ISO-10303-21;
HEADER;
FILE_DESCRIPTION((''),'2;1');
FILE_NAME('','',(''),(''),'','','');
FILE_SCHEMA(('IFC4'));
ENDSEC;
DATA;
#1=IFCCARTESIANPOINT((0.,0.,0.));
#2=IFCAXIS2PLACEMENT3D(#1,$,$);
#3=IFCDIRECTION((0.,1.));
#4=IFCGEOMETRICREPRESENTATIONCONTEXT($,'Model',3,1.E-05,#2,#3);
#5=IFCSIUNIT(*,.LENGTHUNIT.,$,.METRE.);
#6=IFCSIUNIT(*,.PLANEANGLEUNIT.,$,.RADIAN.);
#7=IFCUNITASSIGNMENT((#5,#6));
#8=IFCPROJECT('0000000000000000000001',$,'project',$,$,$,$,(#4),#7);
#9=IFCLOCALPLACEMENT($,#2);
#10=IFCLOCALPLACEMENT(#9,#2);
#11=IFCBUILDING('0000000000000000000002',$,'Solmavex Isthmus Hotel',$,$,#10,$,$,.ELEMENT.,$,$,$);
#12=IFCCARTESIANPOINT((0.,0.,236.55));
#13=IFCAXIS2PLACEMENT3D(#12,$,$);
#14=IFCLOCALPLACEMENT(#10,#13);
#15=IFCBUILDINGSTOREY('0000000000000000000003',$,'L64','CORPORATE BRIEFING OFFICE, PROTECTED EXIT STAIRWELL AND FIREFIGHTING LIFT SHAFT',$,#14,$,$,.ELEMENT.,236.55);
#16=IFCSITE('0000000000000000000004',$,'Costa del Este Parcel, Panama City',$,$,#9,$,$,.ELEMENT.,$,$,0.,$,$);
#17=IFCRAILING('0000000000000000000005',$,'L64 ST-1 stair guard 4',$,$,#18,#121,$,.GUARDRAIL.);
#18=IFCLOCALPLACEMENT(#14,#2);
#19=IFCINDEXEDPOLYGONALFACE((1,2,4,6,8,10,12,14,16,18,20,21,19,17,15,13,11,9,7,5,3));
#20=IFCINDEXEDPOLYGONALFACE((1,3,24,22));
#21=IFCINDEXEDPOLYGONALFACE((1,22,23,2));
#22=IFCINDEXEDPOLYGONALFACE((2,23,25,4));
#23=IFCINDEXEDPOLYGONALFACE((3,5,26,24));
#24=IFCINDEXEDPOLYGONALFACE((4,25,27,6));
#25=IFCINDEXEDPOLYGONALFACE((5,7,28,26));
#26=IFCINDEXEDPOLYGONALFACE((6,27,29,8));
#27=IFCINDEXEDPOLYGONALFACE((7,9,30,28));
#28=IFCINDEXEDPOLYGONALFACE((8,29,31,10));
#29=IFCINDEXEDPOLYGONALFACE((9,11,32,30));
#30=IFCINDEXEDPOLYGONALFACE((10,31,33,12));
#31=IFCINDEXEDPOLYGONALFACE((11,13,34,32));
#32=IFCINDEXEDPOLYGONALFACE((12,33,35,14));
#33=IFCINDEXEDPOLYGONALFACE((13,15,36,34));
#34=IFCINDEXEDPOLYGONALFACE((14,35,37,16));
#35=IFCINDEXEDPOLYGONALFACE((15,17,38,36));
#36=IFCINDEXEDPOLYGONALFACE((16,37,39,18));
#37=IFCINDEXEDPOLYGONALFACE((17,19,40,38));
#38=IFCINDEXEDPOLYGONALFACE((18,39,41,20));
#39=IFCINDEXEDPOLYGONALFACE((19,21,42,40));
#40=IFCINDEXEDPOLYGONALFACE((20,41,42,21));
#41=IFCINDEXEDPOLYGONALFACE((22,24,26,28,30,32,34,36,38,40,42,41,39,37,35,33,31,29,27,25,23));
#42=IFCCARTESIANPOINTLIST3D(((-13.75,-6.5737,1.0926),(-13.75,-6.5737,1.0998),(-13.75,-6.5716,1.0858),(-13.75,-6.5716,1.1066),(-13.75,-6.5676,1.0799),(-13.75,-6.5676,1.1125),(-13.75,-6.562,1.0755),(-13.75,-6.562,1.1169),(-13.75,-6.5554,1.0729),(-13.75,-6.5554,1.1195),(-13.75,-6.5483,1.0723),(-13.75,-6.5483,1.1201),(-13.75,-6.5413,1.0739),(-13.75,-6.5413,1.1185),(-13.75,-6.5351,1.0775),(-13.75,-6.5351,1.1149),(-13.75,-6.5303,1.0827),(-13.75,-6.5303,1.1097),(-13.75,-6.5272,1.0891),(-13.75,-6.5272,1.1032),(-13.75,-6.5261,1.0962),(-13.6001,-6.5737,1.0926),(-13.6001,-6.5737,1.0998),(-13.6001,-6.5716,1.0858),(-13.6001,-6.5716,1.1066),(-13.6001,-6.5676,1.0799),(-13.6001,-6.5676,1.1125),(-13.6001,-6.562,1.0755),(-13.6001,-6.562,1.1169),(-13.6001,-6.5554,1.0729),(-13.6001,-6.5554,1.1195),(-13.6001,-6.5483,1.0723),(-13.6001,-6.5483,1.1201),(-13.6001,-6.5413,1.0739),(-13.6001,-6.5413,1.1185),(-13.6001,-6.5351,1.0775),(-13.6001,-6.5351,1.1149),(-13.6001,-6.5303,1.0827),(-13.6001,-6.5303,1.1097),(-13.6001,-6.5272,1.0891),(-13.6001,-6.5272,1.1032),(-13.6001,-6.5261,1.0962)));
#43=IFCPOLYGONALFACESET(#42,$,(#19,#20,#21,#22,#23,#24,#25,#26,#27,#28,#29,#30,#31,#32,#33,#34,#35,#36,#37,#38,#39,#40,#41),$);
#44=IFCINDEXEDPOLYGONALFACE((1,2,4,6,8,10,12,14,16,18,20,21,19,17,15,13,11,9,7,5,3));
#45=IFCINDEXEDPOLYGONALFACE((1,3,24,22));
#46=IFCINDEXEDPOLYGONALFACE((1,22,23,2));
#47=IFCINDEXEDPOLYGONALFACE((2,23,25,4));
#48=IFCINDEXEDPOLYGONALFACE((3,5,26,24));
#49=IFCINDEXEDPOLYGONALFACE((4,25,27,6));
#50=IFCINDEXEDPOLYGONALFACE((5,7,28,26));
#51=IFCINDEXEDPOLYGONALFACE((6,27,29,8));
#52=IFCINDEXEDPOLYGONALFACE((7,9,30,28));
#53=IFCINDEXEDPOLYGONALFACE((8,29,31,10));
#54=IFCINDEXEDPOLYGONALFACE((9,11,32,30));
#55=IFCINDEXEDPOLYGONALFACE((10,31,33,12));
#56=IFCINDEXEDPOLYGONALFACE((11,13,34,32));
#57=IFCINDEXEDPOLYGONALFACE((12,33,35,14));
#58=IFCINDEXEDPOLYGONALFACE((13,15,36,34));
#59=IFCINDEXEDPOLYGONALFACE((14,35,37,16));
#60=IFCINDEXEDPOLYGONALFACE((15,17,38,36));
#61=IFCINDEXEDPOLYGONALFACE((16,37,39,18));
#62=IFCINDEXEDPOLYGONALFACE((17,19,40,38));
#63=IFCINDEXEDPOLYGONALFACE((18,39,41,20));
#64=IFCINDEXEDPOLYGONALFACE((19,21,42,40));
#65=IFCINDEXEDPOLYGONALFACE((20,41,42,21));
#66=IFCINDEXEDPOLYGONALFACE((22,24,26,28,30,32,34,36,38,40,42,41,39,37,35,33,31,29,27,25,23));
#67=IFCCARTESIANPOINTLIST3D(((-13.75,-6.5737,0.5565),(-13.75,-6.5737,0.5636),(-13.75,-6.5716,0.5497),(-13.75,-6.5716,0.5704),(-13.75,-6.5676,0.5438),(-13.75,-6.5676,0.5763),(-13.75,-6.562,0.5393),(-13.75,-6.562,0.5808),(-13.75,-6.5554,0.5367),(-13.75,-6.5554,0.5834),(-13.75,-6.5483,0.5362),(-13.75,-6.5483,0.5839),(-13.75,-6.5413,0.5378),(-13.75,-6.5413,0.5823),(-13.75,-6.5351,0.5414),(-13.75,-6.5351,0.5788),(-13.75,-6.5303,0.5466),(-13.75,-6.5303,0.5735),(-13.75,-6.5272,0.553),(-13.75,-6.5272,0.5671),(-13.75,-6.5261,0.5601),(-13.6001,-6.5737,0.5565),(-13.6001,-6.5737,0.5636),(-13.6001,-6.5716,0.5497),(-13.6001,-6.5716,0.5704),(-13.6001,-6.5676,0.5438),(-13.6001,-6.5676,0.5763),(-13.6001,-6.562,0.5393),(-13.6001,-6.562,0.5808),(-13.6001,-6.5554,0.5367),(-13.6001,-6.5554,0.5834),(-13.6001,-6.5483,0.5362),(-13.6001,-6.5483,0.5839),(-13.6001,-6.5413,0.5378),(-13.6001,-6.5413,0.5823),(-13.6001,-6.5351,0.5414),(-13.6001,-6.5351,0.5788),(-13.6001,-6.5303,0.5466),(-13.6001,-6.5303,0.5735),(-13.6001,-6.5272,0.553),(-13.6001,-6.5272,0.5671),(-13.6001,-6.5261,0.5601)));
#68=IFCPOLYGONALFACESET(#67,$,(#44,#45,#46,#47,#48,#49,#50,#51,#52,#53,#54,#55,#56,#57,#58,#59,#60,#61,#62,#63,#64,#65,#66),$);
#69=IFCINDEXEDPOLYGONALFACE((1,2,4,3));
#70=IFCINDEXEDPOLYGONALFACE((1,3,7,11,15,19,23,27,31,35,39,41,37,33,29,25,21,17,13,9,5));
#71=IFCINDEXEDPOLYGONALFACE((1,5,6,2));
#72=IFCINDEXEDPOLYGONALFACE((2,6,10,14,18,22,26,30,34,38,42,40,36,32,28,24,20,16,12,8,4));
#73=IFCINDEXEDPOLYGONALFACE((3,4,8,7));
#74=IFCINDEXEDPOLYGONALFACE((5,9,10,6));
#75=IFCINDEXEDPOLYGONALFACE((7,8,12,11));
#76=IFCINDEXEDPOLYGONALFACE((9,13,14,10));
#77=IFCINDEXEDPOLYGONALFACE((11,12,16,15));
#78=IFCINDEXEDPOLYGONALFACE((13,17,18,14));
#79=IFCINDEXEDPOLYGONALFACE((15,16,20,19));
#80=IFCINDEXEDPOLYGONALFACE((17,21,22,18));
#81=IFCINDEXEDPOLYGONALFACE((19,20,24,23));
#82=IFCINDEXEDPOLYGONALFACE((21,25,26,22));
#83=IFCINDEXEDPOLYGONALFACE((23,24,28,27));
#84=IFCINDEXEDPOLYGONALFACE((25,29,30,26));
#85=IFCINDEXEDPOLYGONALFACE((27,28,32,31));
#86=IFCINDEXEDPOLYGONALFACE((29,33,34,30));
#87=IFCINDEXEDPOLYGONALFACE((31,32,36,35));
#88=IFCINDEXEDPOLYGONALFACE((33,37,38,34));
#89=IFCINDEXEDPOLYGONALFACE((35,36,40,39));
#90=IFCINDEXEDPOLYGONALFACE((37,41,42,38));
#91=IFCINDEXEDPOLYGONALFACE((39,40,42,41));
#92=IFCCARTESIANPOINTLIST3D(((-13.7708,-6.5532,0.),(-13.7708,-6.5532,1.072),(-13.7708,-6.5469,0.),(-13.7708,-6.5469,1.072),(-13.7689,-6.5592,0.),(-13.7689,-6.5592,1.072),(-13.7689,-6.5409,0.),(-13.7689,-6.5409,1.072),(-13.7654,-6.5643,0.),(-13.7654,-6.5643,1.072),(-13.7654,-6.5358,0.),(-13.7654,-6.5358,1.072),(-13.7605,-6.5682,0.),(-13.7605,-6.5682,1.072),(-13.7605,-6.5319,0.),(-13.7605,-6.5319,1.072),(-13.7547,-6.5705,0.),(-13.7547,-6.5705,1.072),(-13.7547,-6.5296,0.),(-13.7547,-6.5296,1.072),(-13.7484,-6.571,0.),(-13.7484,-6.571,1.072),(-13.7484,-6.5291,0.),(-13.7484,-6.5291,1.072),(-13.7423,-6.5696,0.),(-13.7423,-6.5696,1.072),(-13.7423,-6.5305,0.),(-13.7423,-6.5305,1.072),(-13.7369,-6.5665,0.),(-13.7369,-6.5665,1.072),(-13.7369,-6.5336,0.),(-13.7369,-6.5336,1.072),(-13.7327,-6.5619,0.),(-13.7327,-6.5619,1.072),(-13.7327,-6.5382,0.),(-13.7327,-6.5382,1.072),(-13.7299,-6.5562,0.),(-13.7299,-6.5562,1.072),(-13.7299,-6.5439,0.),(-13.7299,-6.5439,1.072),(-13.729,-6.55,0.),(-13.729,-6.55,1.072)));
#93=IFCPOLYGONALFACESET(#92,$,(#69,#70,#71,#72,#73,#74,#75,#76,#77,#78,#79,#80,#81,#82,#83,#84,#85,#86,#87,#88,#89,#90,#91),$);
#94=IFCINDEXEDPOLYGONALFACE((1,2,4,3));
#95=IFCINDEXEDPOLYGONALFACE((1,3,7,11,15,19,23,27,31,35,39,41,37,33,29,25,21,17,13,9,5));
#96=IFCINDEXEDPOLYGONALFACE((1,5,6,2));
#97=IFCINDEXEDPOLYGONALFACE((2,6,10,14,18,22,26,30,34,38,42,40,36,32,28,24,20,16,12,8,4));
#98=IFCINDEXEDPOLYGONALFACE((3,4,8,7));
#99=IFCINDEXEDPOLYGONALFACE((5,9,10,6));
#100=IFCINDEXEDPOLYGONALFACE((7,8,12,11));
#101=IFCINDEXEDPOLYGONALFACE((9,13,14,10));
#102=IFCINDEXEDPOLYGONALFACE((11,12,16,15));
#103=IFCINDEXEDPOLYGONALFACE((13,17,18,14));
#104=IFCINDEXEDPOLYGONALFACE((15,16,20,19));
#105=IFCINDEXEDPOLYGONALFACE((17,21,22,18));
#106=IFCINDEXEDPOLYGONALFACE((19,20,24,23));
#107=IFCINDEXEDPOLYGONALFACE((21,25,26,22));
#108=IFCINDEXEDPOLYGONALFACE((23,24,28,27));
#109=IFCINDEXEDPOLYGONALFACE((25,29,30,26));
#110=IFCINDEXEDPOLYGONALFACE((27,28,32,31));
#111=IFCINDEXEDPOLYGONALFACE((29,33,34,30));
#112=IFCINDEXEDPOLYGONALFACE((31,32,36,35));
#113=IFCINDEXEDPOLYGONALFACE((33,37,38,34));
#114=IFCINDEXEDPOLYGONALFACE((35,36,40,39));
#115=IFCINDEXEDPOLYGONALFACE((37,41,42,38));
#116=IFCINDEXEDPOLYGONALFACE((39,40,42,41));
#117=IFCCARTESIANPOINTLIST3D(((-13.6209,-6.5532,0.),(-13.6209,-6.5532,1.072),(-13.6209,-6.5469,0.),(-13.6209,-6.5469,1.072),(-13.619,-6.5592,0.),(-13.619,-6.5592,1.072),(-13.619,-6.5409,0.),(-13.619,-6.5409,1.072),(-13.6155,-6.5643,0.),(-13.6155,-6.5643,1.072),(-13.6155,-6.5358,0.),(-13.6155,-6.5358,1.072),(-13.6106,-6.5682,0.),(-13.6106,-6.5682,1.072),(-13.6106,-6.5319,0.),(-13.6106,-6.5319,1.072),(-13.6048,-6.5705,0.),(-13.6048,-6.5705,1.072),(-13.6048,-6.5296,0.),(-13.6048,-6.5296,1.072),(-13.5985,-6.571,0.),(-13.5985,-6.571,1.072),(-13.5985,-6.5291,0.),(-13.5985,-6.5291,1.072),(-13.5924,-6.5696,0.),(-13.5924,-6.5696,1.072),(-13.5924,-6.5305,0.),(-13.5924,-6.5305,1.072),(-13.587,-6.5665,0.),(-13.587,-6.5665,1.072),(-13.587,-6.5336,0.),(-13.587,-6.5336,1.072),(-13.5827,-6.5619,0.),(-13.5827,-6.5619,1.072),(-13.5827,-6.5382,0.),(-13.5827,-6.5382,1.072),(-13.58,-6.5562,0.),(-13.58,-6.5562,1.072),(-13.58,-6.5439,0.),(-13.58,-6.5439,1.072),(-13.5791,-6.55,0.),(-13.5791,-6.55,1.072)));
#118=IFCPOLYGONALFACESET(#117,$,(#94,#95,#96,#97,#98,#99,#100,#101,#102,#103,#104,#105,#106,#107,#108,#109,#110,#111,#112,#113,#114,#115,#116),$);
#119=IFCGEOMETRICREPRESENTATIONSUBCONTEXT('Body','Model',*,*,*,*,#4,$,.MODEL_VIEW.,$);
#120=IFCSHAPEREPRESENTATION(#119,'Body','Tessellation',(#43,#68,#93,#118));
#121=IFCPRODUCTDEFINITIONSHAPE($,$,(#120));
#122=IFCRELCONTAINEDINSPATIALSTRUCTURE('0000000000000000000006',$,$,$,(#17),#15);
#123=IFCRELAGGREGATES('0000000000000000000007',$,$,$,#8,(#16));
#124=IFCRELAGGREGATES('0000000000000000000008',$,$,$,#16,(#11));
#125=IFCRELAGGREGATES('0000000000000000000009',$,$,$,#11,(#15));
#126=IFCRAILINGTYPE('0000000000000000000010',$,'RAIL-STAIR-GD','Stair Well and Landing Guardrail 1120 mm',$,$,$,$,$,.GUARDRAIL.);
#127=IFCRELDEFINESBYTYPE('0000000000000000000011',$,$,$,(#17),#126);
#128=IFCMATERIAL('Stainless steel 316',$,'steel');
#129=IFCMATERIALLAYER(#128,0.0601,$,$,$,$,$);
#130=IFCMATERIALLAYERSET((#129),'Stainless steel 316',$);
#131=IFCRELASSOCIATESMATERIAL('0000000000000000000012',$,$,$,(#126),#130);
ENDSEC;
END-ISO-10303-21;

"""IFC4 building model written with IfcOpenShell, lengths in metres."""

from ifc_helpers import new_model, si_unit, direction, frame, origin, origin_2d, place, context, subcontext, project, spatial, circle, extrude, material, layer, layer_set, type_object, element, save


model = new_model("IFC4")

# Units and contexts
model_context = context("Model", 3, precision=1e-05, world=origin(), true_north=direction((0.0, 1.0)))
body_context = subcontext(model_context, "Body", "Model", "MODEL_VIEW")
ifc_project = project(units=[si_unit("LENGTHUNIT", "METRE"), si_unit("PLANEANGLEUNIT", "RADIAN")], contexts=[model_context])

# Site, building, storey
site_placement = place(None, origin())
site = spatial("IfcSite", under=ifc_project, at=site_placement, Name="Costa del Este Parcel, Panama City", CompositionType="ELEMENT", RefElevation=0.0)
building_placement = place(site_placement, origin())
building = spatial("IfcBuilding", under=site, at=building_placement, Name="Solmavex Isthmus Hotel", CompositionType="ELEMENT")
storey_placement = place(building_placement, frame((0.0, 0.0, 236.55)))
storey = spatial("IfcBuildingStorey", under=building, at=storey_placement, Name="L64", Description="CORPORATE BRIEFING OFFICE, PROTECTED EXIT STAIRWELL AND FIREFIGHTING LIFT SHAFT", CompositionType="ELEMENT", Elevation=236.55)

# Shared definitions
ifc_material_1 = material(Name="Stainless steel 316", Category="steel")

# Railing
ifc_layer_1 = layer(ifc_material_1, 0.0601)
ifc_layer_set_1 = layer_set([ifc_layer_1], Name="Stainless steel 316")
railing_type_1 = type_object("IfcRailingType", Name="RAIL-STAIR-GD", Description="Stair Well and Landing Guardrail 1120 mm", PredefinedType="GUARDRAIL", material=ifc_layer_set_1)
railing_1_placement = place(storey_placement, frame((-13.75, -6.55, 0.0)))
element("IfcRailing", 1, at=railing_1_placement, inside=storey, type_object=railing_type_1, Name="L64 ST-1 stair guard 4", PredefinedType="GUARDRAIL", context=body_context, shape_type="SweptSolid", body=[
    extrude(circle(Radius=0.0239, at=origin_2d()), frame((0.0, 0.0, 1.0962), z_axis=(1.0, 0.0, 0.0), x_axis=(0.0, 1.0, 0.0)), (0.0, 0.0, 1.0), 0.1499),
    extrude(circle(Radius=0.0239, at=origin_2d()), frame((0.0, 0.0, 0.5601), z_axis=(1.0, 0.0, 0.0), x_axis=(0.0, 1.0, 0.0)), (0.0, 0.0, 1.0), 0.1499),
    extrude(circle(Radius=0.021, at=origin_2d()), origin(), (0.0, 0.0, 1.0), 1.072),
    extrude(circle(Radius=0.021, at=origin_2d()), frame((0.1499, 0.0, 0.0)), (0.0, 0.0, 1.0), 1.072),
])

save(model, "model.ifc")
